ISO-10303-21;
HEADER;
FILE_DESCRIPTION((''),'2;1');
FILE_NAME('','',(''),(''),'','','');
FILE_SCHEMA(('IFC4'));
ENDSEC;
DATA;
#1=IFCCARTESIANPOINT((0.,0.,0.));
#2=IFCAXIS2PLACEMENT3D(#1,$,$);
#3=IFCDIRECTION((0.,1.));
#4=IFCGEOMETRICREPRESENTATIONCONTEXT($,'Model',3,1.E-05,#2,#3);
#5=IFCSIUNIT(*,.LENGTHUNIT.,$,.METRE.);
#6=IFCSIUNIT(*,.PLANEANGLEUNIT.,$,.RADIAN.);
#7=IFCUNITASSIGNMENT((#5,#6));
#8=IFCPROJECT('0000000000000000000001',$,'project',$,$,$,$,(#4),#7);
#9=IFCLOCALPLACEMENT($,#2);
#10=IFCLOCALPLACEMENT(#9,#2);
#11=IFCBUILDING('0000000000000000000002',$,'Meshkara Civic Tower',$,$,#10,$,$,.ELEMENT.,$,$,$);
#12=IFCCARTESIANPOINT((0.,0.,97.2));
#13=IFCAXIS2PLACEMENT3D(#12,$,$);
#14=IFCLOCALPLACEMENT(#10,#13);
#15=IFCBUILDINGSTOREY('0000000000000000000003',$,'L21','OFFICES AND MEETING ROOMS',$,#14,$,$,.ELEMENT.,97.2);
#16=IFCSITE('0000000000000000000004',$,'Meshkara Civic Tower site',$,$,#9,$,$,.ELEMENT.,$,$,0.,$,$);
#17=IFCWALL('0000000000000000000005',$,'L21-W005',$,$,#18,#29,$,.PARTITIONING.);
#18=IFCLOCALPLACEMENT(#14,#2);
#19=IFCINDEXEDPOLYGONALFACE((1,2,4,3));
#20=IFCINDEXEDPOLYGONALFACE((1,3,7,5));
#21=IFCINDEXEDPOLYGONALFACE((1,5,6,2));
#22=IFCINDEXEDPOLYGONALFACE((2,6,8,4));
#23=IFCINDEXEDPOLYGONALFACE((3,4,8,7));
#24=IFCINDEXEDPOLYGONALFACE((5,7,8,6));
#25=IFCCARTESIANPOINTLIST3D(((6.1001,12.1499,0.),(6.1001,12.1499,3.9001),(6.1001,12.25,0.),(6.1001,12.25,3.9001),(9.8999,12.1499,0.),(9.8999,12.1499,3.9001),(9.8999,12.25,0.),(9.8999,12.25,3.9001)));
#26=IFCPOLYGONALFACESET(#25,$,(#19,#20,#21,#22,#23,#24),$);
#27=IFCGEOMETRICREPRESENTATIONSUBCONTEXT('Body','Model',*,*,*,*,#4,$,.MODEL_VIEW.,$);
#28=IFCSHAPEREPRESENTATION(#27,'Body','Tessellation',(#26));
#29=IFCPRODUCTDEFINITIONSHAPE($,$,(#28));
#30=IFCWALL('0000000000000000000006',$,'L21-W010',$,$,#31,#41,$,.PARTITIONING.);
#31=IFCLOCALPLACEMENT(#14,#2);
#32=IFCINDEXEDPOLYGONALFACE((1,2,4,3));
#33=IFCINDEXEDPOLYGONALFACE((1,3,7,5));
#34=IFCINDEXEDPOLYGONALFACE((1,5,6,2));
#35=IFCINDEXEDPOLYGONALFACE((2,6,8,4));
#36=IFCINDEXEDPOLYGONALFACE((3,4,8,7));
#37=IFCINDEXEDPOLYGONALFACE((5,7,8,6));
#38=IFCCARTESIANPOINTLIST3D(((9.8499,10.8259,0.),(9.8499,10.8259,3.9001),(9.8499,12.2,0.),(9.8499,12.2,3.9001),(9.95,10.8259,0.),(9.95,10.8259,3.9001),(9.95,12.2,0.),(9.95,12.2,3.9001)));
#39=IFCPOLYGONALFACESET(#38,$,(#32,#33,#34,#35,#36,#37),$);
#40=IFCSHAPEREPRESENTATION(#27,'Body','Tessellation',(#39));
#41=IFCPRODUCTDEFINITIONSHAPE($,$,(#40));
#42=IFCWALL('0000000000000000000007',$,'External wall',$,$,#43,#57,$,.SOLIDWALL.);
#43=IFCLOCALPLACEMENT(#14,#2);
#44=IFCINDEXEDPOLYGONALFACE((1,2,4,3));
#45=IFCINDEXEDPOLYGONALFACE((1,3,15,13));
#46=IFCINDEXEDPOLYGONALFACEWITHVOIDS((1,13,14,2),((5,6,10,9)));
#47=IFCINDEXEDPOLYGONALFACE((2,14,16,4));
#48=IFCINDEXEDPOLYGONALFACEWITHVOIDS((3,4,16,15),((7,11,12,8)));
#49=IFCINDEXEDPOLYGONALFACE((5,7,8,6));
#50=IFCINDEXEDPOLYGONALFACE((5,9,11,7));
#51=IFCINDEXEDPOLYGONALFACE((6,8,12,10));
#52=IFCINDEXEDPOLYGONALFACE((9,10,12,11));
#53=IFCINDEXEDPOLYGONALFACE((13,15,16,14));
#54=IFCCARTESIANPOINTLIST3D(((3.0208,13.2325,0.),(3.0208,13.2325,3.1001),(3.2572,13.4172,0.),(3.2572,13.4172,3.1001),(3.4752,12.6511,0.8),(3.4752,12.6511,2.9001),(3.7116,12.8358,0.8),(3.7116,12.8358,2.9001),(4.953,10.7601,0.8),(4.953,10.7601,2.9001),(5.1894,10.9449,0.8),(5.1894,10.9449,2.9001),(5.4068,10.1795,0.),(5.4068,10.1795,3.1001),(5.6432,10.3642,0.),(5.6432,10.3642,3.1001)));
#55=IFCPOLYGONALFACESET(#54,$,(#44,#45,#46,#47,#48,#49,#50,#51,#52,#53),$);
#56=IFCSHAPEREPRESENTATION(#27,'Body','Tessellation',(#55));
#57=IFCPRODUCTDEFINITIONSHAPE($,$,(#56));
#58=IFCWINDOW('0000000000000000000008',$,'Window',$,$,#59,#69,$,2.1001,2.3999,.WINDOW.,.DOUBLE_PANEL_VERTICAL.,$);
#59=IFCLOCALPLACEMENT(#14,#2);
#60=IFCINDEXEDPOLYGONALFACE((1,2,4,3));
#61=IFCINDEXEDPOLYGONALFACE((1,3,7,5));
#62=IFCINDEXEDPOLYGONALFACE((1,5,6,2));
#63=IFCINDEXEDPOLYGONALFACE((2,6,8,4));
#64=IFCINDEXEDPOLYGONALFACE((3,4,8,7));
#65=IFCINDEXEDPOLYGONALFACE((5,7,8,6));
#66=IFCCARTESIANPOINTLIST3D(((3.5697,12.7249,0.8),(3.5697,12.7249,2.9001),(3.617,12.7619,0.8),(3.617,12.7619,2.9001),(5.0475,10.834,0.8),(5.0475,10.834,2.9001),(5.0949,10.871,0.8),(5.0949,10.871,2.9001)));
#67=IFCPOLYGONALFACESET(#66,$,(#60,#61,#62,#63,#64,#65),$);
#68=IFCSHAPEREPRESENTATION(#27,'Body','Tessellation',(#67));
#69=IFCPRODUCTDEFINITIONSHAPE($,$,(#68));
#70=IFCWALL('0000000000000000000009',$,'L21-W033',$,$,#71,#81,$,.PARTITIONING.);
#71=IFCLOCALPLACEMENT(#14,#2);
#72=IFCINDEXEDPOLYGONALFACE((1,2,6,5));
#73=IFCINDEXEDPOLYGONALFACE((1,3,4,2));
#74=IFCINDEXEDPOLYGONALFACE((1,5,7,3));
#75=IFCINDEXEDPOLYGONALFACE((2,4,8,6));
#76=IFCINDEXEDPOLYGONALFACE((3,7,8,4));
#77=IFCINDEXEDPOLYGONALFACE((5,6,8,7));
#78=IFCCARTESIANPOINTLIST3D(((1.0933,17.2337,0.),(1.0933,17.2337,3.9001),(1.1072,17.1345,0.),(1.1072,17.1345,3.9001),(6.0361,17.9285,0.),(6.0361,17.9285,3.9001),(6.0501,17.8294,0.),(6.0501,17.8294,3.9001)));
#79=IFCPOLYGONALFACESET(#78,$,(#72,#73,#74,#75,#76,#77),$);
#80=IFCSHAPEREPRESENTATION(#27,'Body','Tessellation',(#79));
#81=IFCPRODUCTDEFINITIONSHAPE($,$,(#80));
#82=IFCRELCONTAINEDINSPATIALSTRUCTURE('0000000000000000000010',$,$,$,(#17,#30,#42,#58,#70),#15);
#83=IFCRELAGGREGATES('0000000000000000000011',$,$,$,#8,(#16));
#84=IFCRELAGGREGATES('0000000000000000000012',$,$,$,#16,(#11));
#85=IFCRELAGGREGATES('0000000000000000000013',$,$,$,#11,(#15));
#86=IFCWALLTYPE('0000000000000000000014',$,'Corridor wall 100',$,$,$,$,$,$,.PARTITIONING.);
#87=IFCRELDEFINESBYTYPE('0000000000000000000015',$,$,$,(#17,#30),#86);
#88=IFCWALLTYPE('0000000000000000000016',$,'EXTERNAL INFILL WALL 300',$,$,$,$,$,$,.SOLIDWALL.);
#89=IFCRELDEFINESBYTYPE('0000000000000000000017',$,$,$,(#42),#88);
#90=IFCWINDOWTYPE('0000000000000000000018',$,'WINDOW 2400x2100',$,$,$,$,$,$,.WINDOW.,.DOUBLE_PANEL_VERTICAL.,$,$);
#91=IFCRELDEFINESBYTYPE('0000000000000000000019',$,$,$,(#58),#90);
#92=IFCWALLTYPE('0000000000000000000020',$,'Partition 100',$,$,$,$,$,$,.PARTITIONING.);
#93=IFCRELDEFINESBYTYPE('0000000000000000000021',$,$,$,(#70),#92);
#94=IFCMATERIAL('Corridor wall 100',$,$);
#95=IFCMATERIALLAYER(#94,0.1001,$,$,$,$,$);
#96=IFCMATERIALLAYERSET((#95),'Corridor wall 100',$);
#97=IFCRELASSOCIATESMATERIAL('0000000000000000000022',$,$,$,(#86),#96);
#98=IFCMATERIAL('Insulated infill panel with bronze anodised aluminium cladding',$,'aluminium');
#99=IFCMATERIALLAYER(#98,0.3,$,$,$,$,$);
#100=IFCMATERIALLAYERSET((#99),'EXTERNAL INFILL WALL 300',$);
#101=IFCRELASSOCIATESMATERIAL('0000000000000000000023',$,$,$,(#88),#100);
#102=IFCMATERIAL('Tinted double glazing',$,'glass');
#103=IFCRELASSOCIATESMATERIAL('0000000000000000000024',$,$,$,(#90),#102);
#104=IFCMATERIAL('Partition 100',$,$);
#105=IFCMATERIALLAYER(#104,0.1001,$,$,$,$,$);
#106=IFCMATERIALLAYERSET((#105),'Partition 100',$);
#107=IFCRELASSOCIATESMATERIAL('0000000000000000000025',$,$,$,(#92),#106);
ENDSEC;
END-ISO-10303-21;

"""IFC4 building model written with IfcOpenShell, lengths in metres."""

from ifc_helpers import new_model, si_unit, direction, frame, frame_2d, origin, place, context, subcontext, project, spatial, rectangle, extrude, material, layer, layer_set, type_object, element, fill, save


model = new_model("IFC4")

# Units and contexts
model_context = context("Model", 3, precision=1e-05, world=origin(), true_north=direction((0.0, 1.0)))
body_context = subcontext(model_context, "Body", "Model", "MODEL_VIEW")
ifc_project = project(units=[si_unit("LENGTHUNIT", "METRE"), si_unit("PLANEANGLEUNIT", "RADIAN")], contexts=[model_context])

# Site, building, storey
site_placement = place(None, origin())
site = spatial("IfcSite", under=ifc_project, at=site_placement, Name="Meshkara Civic Tower site", CompositionType="ELEMENT", RefElevation=0.0)
building_placement = place(site_placement, origin())
building = spatial("IfcBuilding", under=site, at=building_placement, Name="Meshkara Civic Tower", CompositionType="ELEMENT")
storey_placement = place(building_placement, frame((0.0, 0.0, 97.2)))
storey = spatial("IfcBuildingStorey", under=building, at=storey_placement, Name="L21", Description="OFFICES AND MEETING ROOMS", CompositionType="ELEMENT", Elevation=97.2)

# Walls
ifc_material_1 = material(Name="Corridor wall 100")
ifc_layer_1 = layer(ifc_material_1, 0.1001)
ifc_layer_set_1 = layer_set([ifc_layer_1], Name="Corridor wall 100")
wall_type_1 = type_object("IfcWallType", Name="Corridor wall 100", PredefinedType="PARTITIONING", material=ifc_layer_set_1)
wall_1_placement = place(storey_placement, frame((6.1001, 12.2, 0.0), z_axis=(0.0, 0.0, 1.0), x_axis=(1.0, 0.0, 0.0)))
element("IfcWall", 1, at=wall_1_placement, inside=storey, type_object=wall_type_1, Name="L21-W005", PredefinedType="PARTITIONING", context=body_context, shape_type="SweptSolid", body=[
    extrude(rectangle(XDim=3.7998, YDim=0.1001, at=frame_2d((1.8999, 0.0))), origin(), (0.0, 0.0, 1.0), 3.9001),
])
wall_2_placement = place(storey_placement, frame((9.8999, 12.2, 0.0), z_axis=(0.0, 0.0, 1.0), x_axis=(0.0, -1.0, 0.0)))
element("IfcWall", 2, at=wall_2_placement, inside=storey, type_object=wall_type_1, Name="L21-W010", PredefinedType="PARTITIONING", context=body_context, shape_type="SweptSolid", body=[
    extrude(rectangle(XDim=1.374, YDim=0.1001, at=frame_2d((0.687, 0.0))), origin(), (0.0, 0.0, 1.0), 3.9001),
])

# Wall, opening, window
ifc_material_2 = material(Name="Insulated infill panel with bronze anodised aluminium cladding", Category="aluminium")
ifc_layer_2 = layer(ifc_material_2, 0.3)
ifc_layer_set_2 = layer_set([ifc_layer_2], Name="EXTERNAL INFILL WALL 300")
wall_type_2 = type_object("IfcWallType", Name="EXTERNAL INFILL WALL 300", PredefinedType="SOLIDWALL", material=ifc_layer_set_2)
wall_3_placement = place(storey_placement, frame((3.1389, 13.325, 0.0), z_axis=(0.0, 0.0, 1.0), x_axis=(0.61578, -0.787918, 0.0)))
wall_3 = element("IfcWall", 3, at=wall_3_placement, inside=storey, type_object=wall_type_2, Name="External wall", PredefinedType="SOLIDWALL", context=body_context, shape_type="SweptSolid", body=[
    extrude(rectangle(XDim=3.8748, YDim=0.3, at=frame_2d((1.9375, 0.0))), origin(), (0.0, 0.0, 1.0), 3.1001),
])
opening_1_placement = place(wall_3_placement, frame((0.738, 0.0, 0.8)))
opening_1 = element("IfcOpeningElement", 4, at=opening_1_placement, cuts=wall_3, PredefinedType="OPENING", context=body_context, shape_type="SweptSolid", body=[
    extrude(rectangle(XDim=2.3999, YDim=2.1001, at=frame_2d((1.2, 1.05))), frame((0.0, 0.1599, 0.0), z_axis=(0.0, -1.0, 0.0), x_axis=(1.0, 0.0, 0.0)), (0.0, 0.0, 1.0), 0.3201),
])
ifc_material_3 = material(Name="Tinted double glazing", Category="glass")
window_type = type_object("IfcWindowType", Name="WINDOW 2400x2100", PartitioningType="DOUBLE_PANEL_VERTICAL", PredefinedType="WINDOW", material=ifc_material_3)
window_placement = place(opening_1_placement, origin())
window = element("IfcWindow", 5, at=window_placement, inside=storey, type_object=window_type, Name="Window", OverallHeight=2.1001, OverallWidth=2.3999, PartitioningType="DOUBLE_PANEL_VERTICAL", PredefinedType="WINDOW", context=body_context, shape_type="SweptSolid", body=[
    extrude(rectangle(XDim=2.3999, YDim=2.1001, at=frame_2d((1.2, 1.05))), frame((0.0, 0.03, 0.0), z_axis=(0.0, -1.0, 0.0), x_axis=(1.0, 0.0, 0.0)), (0.0, 0.0, 1.0), 0.0601),
])
fill(opening_1, window)

# Wall
ifc_material_4 = material(Name="Partition 100")
ifc_layer_3 = layer(ifc_material_4, 0.1001)
ifc_layer_set_3 = layer_set([ifc_layer_3], Name="Partition 100")
wall_type_3 = type_object("IfcWallType", Name="Partition 100", PredefinedType="PARTITIONING", material=ifc_layer_set_3)
wall_4_placement = place(storey_placement, frame((6.043, 17.8789, 0.0), z_axis=(0.0, 0.0, 1.0), x_axis=(-0.990264, -0.139202, 0.0)))
element("IfcWall", 6, at=wall_4_placement, inside=storey, type_object=wall_type_3, Name="L21-W033", PredefinedType="PARTITIONING", context=body_context, shape_type="SweptSolid", body=[
    extrude(rectangle(XDim=4.9915, YDim=0.1001, at=frame_2d((2.4956, 0.0))), origin(), (0.0, 0.0, 1.0), 3.9001),
])

save(model, "model.ifc")
